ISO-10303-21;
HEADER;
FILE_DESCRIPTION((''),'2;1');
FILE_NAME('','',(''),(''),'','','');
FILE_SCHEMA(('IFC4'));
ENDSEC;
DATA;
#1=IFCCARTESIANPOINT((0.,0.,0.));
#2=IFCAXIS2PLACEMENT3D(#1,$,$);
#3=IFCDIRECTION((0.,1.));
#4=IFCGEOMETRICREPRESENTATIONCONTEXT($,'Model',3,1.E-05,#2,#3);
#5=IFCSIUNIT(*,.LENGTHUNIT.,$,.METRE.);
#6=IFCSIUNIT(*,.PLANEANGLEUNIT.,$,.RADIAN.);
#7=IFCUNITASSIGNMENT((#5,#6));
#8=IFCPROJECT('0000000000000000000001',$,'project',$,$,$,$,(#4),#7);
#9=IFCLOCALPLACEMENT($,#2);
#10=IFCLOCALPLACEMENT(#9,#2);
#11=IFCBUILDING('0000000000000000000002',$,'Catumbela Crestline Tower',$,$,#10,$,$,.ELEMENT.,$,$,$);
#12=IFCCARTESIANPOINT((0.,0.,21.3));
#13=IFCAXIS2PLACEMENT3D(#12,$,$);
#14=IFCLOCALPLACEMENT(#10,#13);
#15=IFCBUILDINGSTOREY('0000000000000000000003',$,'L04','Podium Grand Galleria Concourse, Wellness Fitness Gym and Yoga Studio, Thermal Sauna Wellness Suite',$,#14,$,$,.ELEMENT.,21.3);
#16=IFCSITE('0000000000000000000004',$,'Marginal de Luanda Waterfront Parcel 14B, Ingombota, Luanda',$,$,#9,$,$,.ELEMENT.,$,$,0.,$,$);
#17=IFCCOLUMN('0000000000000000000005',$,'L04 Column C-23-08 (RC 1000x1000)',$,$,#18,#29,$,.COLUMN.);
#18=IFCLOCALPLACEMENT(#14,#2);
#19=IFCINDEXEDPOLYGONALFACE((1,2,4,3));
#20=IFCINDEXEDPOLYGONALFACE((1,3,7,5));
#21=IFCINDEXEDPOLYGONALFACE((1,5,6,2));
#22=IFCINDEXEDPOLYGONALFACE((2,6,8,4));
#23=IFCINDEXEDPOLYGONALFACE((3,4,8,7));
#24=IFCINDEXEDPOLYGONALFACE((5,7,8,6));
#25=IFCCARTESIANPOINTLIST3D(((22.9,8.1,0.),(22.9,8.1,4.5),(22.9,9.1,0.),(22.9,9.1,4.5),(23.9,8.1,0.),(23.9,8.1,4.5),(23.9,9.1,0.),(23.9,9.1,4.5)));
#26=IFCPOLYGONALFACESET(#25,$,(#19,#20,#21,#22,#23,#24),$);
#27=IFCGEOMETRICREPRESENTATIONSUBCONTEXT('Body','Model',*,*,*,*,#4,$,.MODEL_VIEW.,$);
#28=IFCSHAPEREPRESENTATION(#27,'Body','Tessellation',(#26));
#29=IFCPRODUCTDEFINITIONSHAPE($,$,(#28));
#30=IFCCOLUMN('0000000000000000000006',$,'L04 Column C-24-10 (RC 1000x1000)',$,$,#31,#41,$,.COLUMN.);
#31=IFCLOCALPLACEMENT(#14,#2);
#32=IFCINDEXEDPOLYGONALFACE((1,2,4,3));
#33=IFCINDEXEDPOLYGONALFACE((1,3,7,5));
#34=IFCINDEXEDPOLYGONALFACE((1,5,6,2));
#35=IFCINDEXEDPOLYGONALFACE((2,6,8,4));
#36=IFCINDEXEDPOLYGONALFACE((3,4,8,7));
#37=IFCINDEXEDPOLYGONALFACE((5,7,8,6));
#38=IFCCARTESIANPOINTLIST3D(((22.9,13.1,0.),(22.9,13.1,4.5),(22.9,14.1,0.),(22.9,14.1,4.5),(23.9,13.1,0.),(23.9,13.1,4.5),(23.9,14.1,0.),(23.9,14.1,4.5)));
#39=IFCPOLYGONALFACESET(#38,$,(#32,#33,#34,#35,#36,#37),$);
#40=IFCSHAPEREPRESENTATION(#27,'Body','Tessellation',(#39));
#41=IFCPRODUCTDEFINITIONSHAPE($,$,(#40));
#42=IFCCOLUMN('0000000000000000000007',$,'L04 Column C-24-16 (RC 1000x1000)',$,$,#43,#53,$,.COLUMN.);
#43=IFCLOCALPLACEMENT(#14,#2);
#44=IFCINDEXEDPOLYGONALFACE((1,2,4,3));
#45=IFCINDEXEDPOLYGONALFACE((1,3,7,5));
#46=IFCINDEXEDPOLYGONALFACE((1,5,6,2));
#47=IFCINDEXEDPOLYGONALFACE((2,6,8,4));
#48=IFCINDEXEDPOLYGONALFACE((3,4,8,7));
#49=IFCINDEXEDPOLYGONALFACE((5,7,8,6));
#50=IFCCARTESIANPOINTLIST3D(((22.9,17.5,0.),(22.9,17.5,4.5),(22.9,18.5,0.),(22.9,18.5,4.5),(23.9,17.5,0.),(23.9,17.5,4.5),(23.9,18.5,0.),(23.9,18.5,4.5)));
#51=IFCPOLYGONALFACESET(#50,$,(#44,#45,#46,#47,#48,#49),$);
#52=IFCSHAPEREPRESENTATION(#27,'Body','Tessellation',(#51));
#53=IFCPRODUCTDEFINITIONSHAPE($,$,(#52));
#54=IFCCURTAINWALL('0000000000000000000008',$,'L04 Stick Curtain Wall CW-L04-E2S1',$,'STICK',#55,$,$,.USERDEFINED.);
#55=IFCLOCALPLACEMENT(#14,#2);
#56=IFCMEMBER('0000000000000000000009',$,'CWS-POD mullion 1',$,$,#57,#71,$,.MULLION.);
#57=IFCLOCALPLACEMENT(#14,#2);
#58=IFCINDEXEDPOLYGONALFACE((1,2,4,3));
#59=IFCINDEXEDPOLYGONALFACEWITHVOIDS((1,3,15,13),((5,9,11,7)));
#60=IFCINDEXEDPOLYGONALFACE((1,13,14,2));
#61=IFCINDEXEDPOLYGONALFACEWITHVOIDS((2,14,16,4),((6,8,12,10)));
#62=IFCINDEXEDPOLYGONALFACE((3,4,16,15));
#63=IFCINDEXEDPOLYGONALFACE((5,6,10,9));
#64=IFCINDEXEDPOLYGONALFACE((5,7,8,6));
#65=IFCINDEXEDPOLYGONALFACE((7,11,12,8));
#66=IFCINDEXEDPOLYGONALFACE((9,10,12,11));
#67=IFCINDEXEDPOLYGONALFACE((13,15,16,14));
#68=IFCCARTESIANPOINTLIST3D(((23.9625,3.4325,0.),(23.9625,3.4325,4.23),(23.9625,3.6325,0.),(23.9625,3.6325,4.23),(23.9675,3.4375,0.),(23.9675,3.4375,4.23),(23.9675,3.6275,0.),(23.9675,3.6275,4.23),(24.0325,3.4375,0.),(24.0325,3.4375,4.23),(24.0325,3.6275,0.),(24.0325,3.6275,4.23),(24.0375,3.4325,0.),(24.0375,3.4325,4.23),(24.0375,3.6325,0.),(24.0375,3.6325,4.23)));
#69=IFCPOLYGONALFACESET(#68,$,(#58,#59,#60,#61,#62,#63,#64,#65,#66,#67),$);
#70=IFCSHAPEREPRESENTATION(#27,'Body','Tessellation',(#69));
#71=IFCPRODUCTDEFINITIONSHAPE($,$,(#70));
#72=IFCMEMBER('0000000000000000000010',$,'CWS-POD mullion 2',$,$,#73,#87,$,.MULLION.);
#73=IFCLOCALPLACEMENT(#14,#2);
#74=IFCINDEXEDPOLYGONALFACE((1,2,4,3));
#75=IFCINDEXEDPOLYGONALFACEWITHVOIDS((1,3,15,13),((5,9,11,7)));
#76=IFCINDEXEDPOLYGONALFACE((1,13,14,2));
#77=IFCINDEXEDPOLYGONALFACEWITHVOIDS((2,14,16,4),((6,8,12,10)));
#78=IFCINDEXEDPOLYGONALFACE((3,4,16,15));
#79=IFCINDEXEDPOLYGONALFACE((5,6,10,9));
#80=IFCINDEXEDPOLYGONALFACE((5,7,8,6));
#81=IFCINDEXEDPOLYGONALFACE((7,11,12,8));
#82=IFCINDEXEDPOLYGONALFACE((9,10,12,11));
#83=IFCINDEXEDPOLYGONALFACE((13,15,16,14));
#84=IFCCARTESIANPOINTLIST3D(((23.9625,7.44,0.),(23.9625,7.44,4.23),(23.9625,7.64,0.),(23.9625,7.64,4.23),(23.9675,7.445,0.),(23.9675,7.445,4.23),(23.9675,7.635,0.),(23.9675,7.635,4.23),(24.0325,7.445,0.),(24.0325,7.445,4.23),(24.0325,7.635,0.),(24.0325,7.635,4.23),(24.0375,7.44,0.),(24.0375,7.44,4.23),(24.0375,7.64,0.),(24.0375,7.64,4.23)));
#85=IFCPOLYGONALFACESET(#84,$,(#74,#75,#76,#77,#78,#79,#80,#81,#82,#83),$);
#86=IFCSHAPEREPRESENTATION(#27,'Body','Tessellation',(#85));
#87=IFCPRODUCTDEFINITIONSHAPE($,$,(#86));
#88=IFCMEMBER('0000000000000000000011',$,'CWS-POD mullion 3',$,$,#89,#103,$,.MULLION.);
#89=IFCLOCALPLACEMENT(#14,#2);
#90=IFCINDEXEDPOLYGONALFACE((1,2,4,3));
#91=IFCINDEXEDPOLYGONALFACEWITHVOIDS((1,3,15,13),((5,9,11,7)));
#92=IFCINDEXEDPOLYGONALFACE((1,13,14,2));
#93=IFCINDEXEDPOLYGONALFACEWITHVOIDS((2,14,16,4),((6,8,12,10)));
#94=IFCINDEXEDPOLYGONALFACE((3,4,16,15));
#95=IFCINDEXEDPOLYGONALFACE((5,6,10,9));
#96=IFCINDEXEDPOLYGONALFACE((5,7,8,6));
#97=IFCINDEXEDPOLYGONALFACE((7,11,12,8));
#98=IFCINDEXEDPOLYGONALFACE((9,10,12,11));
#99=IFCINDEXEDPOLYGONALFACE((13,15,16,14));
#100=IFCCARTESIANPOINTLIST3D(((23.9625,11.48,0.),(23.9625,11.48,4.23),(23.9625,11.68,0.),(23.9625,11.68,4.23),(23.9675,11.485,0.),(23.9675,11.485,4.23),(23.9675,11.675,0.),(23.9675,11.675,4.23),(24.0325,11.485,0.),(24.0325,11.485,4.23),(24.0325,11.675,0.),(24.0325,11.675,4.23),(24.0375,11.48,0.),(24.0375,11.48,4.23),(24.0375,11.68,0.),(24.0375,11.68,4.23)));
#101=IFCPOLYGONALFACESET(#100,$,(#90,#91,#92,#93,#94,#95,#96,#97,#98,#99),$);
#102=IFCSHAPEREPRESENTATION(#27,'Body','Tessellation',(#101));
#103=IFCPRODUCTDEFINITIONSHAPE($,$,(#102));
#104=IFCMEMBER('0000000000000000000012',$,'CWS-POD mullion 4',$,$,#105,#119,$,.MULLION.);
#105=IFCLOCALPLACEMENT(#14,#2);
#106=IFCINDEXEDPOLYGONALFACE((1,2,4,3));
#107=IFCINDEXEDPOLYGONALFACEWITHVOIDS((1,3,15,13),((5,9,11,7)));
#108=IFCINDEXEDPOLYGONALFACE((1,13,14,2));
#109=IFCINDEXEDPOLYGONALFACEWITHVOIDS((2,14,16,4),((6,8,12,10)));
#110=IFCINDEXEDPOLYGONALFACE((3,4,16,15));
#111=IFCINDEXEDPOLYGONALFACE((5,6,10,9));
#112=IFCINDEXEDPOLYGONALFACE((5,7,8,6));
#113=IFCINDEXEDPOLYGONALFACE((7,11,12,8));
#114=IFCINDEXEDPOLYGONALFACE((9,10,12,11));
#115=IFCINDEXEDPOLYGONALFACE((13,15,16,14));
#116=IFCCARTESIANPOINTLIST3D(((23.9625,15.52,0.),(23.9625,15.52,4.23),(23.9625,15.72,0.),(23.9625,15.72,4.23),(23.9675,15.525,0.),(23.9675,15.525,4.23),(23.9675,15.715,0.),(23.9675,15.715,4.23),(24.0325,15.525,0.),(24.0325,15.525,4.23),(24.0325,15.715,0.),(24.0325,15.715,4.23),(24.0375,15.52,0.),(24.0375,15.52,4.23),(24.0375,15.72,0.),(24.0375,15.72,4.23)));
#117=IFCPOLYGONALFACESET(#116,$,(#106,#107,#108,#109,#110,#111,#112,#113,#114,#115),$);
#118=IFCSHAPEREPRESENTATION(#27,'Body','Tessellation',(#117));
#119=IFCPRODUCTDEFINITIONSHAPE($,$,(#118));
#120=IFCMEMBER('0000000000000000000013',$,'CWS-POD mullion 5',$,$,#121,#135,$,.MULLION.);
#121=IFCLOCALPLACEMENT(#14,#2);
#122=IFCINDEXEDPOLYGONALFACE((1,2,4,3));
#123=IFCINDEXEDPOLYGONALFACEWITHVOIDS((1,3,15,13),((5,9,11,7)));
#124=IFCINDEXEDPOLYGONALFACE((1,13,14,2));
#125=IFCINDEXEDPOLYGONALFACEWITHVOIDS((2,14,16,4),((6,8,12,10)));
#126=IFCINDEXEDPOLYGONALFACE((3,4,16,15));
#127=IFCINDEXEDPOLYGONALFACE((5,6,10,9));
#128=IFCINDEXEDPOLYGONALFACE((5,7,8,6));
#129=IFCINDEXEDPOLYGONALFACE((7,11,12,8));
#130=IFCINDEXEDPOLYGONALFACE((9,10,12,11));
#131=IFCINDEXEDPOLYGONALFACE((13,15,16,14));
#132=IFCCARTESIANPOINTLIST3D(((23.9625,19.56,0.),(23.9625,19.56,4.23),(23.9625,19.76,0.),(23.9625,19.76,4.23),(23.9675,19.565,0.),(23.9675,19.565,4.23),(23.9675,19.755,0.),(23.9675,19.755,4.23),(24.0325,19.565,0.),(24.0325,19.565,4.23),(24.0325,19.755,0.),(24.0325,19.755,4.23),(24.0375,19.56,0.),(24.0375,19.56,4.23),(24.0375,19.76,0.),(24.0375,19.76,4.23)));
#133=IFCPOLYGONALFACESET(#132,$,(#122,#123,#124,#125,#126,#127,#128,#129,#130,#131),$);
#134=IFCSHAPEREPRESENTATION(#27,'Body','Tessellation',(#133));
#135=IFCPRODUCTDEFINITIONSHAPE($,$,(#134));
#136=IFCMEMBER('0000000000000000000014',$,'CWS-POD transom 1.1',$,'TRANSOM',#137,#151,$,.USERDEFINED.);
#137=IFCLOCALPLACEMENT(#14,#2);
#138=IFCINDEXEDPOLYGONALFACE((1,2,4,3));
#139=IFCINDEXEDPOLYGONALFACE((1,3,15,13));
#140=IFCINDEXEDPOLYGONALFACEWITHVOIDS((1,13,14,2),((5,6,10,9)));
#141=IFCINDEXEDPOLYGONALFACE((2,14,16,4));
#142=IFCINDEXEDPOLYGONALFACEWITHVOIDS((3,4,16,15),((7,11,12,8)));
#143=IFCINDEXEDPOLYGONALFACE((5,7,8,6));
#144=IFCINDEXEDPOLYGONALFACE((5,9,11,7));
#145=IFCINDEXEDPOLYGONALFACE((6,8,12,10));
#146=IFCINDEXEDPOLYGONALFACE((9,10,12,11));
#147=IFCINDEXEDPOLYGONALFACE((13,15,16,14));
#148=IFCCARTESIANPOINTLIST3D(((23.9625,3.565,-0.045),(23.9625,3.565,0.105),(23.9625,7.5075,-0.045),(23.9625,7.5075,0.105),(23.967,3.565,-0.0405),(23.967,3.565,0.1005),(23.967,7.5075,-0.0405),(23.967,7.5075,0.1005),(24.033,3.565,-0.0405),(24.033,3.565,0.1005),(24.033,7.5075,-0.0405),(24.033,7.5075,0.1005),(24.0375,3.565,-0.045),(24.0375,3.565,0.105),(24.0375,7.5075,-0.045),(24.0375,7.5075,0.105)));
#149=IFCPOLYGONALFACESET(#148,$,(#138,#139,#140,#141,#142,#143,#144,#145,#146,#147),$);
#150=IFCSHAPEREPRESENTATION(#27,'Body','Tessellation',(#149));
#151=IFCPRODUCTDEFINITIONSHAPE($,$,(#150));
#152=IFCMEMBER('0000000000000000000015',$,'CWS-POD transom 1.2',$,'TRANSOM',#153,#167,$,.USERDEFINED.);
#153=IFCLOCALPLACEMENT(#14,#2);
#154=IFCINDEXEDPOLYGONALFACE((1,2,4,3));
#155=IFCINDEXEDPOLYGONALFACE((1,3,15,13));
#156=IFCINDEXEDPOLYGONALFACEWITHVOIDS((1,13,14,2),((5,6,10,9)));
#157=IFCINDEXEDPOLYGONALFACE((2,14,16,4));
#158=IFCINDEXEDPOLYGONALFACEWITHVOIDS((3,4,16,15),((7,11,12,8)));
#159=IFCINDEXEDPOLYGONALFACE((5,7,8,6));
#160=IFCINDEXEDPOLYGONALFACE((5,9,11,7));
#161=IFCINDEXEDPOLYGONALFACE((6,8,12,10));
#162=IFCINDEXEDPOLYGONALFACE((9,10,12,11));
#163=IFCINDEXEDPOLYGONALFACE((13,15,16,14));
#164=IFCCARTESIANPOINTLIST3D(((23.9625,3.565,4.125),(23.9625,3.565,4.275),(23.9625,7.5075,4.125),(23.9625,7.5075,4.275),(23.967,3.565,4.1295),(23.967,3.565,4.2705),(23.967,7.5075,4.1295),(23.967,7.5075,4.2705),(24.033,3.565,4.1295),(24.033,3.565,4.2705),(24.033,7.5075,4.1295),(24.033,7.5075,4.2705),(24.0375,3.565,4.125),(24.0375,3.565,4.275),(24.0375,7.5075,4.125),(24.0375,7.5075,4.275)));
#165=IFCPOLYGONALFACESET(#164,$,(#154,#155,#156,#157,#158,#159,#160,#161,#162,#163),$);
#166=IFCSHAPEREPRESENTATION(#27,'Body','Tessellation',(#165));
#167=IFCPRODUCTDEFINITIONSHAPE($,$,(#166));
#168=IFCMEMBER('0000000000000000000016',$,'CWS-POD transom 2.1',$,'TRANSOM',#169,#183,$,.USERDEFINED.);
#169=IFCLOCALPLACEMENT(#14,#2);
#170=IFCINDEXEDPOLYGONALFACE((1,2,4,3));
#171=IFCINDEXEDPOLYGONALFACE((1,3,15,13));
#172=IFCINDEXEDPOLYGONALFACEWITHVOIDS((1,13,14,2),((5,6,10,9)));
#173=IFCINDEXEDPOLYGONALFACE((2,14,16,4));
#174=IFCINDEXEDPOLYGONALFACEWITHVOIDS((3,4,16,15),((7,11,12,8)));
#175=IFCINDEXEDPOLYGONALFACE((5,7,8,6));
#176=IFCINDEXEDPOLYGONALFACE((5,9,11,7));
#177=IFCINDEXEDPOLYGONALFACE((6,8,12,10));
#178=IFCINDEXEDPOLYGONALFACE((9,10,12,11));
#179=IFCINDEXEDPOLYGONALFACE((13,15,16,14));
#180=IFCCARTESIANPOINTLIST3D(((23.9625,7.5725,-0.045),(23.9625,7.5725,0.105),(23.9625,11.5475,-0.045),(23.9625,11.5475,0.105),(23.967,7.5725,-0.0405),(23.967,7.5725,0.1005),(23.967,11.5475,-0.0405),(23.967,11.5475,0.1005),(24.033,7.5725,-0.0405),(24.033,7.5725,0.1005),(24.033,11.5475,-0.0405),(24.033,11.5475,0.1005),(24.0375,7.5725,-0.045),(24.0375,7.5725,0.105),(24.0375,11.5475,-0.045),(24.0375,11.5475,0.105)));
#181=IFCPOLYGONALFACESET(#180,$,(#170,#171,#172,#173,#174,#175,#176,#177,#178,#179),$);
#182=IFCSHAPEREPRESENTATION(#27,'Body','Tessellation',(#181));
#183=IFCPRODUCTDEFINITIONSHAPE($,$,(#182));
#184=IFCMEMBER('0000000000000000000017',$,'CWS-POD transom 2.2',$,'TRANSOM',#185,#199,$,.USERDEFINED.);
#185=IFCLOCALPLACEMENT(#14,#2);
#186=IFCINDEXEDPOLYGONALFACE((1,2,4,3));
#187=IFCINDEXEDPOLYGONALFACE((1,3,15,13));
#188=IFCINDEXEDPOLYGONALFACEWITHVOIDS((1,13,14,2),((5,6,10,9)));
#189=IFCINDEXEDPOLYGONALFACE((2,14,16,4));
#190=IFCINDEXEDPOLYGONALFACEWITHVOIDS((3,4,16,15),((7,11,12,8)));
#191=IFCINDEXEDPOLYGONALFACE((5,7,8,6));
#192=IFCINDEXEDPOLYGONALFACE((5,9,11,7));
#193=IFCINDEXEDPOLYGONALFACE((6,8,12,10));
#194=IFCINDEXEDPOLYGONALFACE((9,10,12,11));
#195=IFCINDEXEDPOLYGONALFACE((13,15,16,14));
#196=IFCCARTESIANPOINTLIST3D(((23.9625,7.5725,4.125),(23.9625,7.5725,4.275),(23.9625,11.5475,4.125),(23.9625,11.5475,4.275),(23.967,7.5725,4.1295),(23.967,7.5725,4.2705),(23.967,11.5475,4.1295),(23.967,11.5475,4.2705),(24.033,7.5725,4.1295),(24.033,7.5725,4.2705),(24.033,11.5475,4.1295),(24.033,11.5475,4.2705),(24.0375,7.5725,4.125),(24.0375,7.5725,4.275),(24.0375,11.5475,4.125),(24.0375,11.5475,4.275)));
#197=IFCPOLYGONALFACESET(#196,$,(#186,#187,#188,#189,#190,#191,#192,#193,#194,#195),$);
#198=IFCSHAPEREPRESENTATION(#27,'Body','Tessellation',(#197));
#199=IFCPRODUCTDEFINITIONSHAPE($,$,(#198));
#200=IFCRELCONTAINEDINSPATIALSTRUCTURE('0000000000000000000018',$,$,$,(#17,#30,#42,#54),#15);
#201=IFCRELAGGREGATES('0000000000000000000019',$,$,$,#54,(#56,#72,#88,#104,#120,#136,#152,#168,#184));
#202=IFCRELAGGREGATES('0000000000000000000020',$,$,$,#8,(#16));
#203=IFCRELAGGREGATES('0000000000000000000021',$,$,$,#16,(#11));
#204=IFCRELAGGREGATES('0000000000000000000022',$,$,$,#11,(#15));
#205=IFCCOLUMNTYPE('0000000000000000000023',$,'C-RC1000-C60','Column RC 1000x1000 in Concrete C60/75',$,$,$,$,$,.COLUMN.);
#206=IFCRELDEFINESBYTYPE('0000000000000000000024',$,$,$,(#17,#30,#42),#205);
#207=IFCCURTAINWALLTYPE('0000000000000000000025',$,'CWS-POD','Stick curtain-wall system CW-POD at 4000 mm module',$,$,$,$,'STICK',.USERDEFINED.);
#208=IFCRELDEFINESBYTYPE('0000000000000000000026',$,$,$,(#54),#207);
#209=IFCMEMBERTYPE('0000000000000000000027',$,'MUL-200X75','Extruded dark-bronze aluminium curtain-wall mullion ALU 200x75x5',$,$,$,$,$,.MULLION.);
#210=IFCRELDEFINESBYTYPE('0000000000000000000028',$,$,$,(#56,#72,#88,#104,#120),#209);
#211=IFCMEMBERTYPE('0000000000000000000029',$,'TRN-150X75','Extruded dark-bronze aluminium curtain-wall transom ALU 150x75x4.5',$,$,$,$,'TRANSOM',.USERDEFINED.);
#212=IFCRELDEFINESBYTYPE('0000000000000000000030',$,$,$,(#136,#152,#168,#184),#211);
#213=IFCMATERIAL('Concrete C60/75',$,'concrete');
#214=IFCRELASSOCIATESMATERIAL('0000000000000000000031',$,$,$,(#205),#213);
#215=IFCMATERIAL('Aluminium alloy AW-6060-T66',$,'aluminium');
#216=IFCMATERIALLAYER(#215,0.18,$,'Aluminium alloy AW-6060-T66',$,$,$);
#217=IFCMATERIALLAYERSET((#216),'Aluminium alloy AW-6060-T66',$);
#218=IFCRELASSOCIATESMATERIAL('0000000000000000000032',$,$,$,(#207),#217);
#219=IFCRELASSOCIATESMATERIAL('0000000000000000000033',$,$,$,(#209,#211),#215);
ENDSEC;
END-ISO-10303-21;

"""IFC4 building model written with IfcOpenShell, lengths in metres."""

from ifc_helpers import new_model, si_unit, direction, frame, origin, origin_2d, place, context, subcontext, project, spatial, rectangle, hollow_rectangle, extrude, material, layer, layer_set, material_profile, profile_set, type_object, element, aggregate, save


model = new_model("IFC4")

# Units and contexts
model_context = context("Model", 3, precision=1e-05, world=origin(), true_north=direction((0.0, 1.0)))
body_context = subcontext(model_context, "Body", "Model", "MODEL_VIEW")
ifc_project = project(units=[si_unit("LENGTHUNIT", "METRE"), si_unit("PLANEANGLEUNIT", "RADIAN")], contexts=[model_context])

# Site, building, storey
site_placement = place(None, origin())
site = spatial("IfcSite", under=ifc_project, at=site_placement, Name="Marginal de Luanda Waterfront Parcel 14B, Ingombota, Luanda", CompositionType="ELEMENT", RefElevation=0.0)
building_placement = place(site_placement, origin())
building = spatial("IfcBuilding", under=site, at=building_placement, Name="Catumbela Crestline Tower", CompositionType="ELEMENT")
storey_placement = place(building_placement, frame((0.0, 0.0, 21.3)))
storey = spatial("IfcBuildingStorey", under=building, at=storey_placement, Name="L04", Description="Podium Grand Galleria Concourse, Wellness Fitness Gym and Yoga Studio, Thermal Sauna Wellness Suite", CompositionType="ELEMENT", Elevation=21.3)

# Columns
ifc_material_1 = material(Name="Concrete C60/75", Category="concrete")
ifc_material_profile_1 = material_profile(ifc_material_1, rectangle(XDim=1.0, YDim=1.0, at=origin_2d()), Name="RC 1000x1000")
ifc_profile_set_1 = profile_set([ifc_material_profile_1], Name="Concrete C60/75")
column_type = type_object("IfcColumnType", Name="C-RC1000-C60", Description="Column RC 1000x1000 in Concrete C60/75", PredefinedType="COLUMN", material=ifc_profile_set_1)
for number, where, z_axis, x_axis, name in (
    (1, (23.4, 8.6, 0.0), (0.0, 0.0, 1.0), (1.0, 0.0, 0.0), "L04 Column C-23-08 (RC 1000x1000)"),
    (2, (23.4, 13.6, 0.0), (0.0, 0.0, 1.0), (1.0, 0.0, 0.0), "L04 Column C-24-10 (RC 1000x1000)"),
    (3, (23.4, 18.0, 0.0), (0.0, 0.0, 1.0), (1.0, 0.0, 0.0), "L04 Column C-24-16 (RC 1000x1000)"),
):
    element("IfcColumn", number, at=place(storey_placement, frame(where, z_axis=z_axis, x_axis=x_axis)), inside=storey, type_object=column_type, Name=name, PredefinedType="COLUMN", context=body_context, shape_type="SweptSolid", body=[
        extrude(rectangle(XDim=1.0, YDim=1.0, at=origin_2d()), origin(), (0.0, 0.0, 1.0), 4.5),
    ])

# Curtain wall, members
ifc_material_2 = material(Name="Aluminium alloy AW-6060-T66", Category="aluminium")
ifc_layer_1 = layer(ifc_material_2, 0.18, Name="Aluminium alloy AW-6060-T66")
ifc_layer_set_1 = layer_set([ifc_layer_1], Name="Aluminium alloy AW-6060-T66")
curtain_wall_type = type_object("IfcCurtainWallType", Name="CWS-POD", Description="Stick curtain-wall system CW-POD at 4000 mm module", ElementType="STICK", PredefinedType="USERDEFINED", material=ifc_layer_set_1)
curtain_wall_placement = place(storey_placement, origin())
curtain_wall = element("IfcCurtainWall", 4, at=curtain_wall_placement, inside=storey, type_object=curtain_wall_type, Name="L04 Stick Curtain Wall CW-L04-E2S1", ObjectType="STICK", PredefinedType="USERDEFINED")
ifc_material_profile_2 = material_profile(ifc_material_2, hollow_rectangle(XDim=0.075, YDim=0.2, WallThickness=0.005, at=origin_2d()), Name="ALU 200x75x5")
ifc_profile_set_2 = profile_set([ifc_material_profile_2], Name="Aluminium alloy AW-6060-T66")
member_type_1 = type_object("IfcMemberType", Name="MUL-200X75", Description="Extruded dark-bronze aluminium curtain-wall mullion ALU 200x75x5", PredefinedType="MULLION", material=ifc_profile_set_2)
member_1_placement = place(storey_placement, frame((24.0, 3.5325, 0.0), z_axis=(0.0, 0.0, 1.0), x_axis=(-1.0, 0.0, 0.0)))
member_1 = element("IfcMember", 5, at=member_1_placement, type_object=member_type_1, Name="CWS-POD mullion 1", PredefinedType="MULLION", context=body_context, shape_type="SweptSolid", body=[
    extrude(hollow_rectangle(XDim=0.075, YDim=0.2, WallThickness=0.005, at=origin_2d()), origin(), (0.0, 0.0, 1.0), 4.23),
])
member_2_placement = place(storey_placement, frame((24.0, 7.54, 0.0), z_axis=(0.0, 0.0, 1.0), x_axis=(-1.0, 0.0, 0.0)))
member_2 = element("IfcMember", 6, at=member_2_placement, type_object=member_type_1, Name="CWS-POD mullion 2", PredefinedType="MULLION", context=body_context, shape_type="SweptSolid", body=[
    extrude(hollow_rectangle(XDim=0.075, YDim=0.2, WallThickness=0.005, at=origin_2d()), origin(), (0.0, 0.0, 1.0), 4.23),
])
member_3_placement = place(storey_placement, frame((24.0, 11.58, 0.0), z_axis=(0.0, 0.0, 1.0), x_axis=(-1.0, 0.0, 0.0)))
member_3 = element("IfcMember", 7, at=member_3_placement, type_object=member_type_1, Name="CWS-POD mullion 3", PredefinedType="MULLION", context=body_context, shape_type="SweptSolid", body=[
    extrude(hollow_rectangle(XDim=0.075, YDim=0.2, WallThickness=0.005, at=origin_2d()), origin(), (0.0, 0.0, 1.0), 4.23),
])
member_4_placement = place(storey_placement, frame((24.0, 15.62, 0.0), z_axis=(0.0, 0.0, 1.0), x_axis=(-1.0, 0.0, 0.0)))
member_4 = element("IfcMember", 8, at=member_4_placement, type_object=member_type_1, Name="CWS-POD mullion 4", PredefinedType="MULLION", context=body_context, shape_type="SweptSolid", body=[
    extrude(hollow_rectangle(XDim=0.075, YDim=0.2, WallThickness=0.005, at=origin_2d()), origin(), (0.0, 0.0, 1.0), 4.23),
])
member_5_placement = place(storey_placement, frame((24.0, 19.66, 0.0), z_axis=(0.0, 0.0, 1.0), x_axis=(-1.0, 0.0, 0.0)))
member_5 = element("IfcMember", 9, at=member_5_placement, type_object=member_type_1, Name="CWS-POD mullion 5", PredefinedType="MULLION", context=body_context, shape_type="SweptSolid", body=[
    extrude(hollow_rectangle(XDim=0.075, YDim=0.2, WallThickness=0.005, at=origin_2d()), origin(), (0.0, 0.0, 1.0), 4.23),
])
ifc_material_profile_3 = material_profile(ifc_material_2, hollow_rectangle(XDim=0.075, YDim=0.15, WallThickness=0.0045, at=origin_2d()), Name="ALU 150x75x4.5")
ifc_profile_set_3 = profile_set([ifc_material_profile_3], Name="Aluminium alloy AW-6060-T66")
member_type_2 = type_object("IfcMemberType", Name="TRN-150X75", Description="Extruded dark-bronze aluminium curtain-wall transom ALU 150x75x4.5", ElementType="TRANSOM", PredefinedType="USERDEFINED", material=ifc_profile_set_3)
member_6_placement = place(storey_placement, frame((24.0, 3.565, 0.03), z_axis=(0.0, 1.0, 0.0), x_axis=(-1.0, 0.0, 0.0)))
member_6 = element("IfcMember", 10, at=member_6_placement, type_object=member_type_2, Name="CWS-POD transom 1.1", ObjectType="TRANSOM", PredefinedType="USERDEFINED", context=body_context, shape_type="SweptSolid", body=[
    extrude(hollow_rectangle(XDim=0.075, YDim=0.15, WallThickness=0.0045, at=origin_2d()), origin(), (0.0, 0.0, 1.0), 3.9425),
])
member_7_placement = place(storey_placement, frame((24.0, 3.565, 4.2), z_axis=(0.0, 1.0, 0.0), x_axis=(-1.0, 0.0, 0.0)))
member_7 = element("IfcMember", 11, at=member_7_placement, type_object=member_type_2, Name="CWS-POD transom 1.2", ObjectType="TRANSOM", PredefinedType="USERDEFINED", context=body_context, shape_type="SweptSolid", body=[
    extrude(hollow_rectangle(XDim=0.075, YDim=0.15, WallThickness=0.0045, at=origin_2d()), origin(), (0.0, 0.0, 1.0), 3.9425),
])
member_8_placement = place(storey_placement, frame((24.0, 7.5725, 0.03), z_axis=(0.0, 1.0, 0.0), x_axis=(-1.0, 0.0, 0.0)))
member_8 = element("IfcMember", 12, at=member_8_placement, type_object=member_type_2, Name="CWS-POD transom 2.1", ObjectType="TRANSOM", PredefinedType="USERDEFINED", context=body_context, shape_type="SweptSolid", body=[
    extrude(hollow_rectangle(XDim=0.075, YDim=0.15, WallThickness=0.0045, at=origin_2d()), origin(), (0.0, 0.0, 1.0), 3.975),
])
member_9_placement = place(storey_placement, frame((24.0, 7.5725, 4.2), z_axis=(0.0, 1.0, 0.0), x_axis=(-1.0, 0.0, 0.0)))
member_9 = element("IfcMember", 13, at=member_9_placement, type_object=member_type_2, Name="CWS-POD transom 2.2", ObjectType="TRANSOM", PredefinedType="USERDEFINED", context=body_context, shape_type="SweptSolid", body=[
    extrude(hollow_rectangle(XDim=0.075, YDim=0.15, WallThickness=0.0045, at=origin_2d()), origin(), (0.0, 0.0, 1.0), 3.975),
])
aggregate(curtain_wall, [member_1, member_2, member_3, member_4, member_5, member_6, member_7, member_8, member_9])

save(model, "model.ifc")
